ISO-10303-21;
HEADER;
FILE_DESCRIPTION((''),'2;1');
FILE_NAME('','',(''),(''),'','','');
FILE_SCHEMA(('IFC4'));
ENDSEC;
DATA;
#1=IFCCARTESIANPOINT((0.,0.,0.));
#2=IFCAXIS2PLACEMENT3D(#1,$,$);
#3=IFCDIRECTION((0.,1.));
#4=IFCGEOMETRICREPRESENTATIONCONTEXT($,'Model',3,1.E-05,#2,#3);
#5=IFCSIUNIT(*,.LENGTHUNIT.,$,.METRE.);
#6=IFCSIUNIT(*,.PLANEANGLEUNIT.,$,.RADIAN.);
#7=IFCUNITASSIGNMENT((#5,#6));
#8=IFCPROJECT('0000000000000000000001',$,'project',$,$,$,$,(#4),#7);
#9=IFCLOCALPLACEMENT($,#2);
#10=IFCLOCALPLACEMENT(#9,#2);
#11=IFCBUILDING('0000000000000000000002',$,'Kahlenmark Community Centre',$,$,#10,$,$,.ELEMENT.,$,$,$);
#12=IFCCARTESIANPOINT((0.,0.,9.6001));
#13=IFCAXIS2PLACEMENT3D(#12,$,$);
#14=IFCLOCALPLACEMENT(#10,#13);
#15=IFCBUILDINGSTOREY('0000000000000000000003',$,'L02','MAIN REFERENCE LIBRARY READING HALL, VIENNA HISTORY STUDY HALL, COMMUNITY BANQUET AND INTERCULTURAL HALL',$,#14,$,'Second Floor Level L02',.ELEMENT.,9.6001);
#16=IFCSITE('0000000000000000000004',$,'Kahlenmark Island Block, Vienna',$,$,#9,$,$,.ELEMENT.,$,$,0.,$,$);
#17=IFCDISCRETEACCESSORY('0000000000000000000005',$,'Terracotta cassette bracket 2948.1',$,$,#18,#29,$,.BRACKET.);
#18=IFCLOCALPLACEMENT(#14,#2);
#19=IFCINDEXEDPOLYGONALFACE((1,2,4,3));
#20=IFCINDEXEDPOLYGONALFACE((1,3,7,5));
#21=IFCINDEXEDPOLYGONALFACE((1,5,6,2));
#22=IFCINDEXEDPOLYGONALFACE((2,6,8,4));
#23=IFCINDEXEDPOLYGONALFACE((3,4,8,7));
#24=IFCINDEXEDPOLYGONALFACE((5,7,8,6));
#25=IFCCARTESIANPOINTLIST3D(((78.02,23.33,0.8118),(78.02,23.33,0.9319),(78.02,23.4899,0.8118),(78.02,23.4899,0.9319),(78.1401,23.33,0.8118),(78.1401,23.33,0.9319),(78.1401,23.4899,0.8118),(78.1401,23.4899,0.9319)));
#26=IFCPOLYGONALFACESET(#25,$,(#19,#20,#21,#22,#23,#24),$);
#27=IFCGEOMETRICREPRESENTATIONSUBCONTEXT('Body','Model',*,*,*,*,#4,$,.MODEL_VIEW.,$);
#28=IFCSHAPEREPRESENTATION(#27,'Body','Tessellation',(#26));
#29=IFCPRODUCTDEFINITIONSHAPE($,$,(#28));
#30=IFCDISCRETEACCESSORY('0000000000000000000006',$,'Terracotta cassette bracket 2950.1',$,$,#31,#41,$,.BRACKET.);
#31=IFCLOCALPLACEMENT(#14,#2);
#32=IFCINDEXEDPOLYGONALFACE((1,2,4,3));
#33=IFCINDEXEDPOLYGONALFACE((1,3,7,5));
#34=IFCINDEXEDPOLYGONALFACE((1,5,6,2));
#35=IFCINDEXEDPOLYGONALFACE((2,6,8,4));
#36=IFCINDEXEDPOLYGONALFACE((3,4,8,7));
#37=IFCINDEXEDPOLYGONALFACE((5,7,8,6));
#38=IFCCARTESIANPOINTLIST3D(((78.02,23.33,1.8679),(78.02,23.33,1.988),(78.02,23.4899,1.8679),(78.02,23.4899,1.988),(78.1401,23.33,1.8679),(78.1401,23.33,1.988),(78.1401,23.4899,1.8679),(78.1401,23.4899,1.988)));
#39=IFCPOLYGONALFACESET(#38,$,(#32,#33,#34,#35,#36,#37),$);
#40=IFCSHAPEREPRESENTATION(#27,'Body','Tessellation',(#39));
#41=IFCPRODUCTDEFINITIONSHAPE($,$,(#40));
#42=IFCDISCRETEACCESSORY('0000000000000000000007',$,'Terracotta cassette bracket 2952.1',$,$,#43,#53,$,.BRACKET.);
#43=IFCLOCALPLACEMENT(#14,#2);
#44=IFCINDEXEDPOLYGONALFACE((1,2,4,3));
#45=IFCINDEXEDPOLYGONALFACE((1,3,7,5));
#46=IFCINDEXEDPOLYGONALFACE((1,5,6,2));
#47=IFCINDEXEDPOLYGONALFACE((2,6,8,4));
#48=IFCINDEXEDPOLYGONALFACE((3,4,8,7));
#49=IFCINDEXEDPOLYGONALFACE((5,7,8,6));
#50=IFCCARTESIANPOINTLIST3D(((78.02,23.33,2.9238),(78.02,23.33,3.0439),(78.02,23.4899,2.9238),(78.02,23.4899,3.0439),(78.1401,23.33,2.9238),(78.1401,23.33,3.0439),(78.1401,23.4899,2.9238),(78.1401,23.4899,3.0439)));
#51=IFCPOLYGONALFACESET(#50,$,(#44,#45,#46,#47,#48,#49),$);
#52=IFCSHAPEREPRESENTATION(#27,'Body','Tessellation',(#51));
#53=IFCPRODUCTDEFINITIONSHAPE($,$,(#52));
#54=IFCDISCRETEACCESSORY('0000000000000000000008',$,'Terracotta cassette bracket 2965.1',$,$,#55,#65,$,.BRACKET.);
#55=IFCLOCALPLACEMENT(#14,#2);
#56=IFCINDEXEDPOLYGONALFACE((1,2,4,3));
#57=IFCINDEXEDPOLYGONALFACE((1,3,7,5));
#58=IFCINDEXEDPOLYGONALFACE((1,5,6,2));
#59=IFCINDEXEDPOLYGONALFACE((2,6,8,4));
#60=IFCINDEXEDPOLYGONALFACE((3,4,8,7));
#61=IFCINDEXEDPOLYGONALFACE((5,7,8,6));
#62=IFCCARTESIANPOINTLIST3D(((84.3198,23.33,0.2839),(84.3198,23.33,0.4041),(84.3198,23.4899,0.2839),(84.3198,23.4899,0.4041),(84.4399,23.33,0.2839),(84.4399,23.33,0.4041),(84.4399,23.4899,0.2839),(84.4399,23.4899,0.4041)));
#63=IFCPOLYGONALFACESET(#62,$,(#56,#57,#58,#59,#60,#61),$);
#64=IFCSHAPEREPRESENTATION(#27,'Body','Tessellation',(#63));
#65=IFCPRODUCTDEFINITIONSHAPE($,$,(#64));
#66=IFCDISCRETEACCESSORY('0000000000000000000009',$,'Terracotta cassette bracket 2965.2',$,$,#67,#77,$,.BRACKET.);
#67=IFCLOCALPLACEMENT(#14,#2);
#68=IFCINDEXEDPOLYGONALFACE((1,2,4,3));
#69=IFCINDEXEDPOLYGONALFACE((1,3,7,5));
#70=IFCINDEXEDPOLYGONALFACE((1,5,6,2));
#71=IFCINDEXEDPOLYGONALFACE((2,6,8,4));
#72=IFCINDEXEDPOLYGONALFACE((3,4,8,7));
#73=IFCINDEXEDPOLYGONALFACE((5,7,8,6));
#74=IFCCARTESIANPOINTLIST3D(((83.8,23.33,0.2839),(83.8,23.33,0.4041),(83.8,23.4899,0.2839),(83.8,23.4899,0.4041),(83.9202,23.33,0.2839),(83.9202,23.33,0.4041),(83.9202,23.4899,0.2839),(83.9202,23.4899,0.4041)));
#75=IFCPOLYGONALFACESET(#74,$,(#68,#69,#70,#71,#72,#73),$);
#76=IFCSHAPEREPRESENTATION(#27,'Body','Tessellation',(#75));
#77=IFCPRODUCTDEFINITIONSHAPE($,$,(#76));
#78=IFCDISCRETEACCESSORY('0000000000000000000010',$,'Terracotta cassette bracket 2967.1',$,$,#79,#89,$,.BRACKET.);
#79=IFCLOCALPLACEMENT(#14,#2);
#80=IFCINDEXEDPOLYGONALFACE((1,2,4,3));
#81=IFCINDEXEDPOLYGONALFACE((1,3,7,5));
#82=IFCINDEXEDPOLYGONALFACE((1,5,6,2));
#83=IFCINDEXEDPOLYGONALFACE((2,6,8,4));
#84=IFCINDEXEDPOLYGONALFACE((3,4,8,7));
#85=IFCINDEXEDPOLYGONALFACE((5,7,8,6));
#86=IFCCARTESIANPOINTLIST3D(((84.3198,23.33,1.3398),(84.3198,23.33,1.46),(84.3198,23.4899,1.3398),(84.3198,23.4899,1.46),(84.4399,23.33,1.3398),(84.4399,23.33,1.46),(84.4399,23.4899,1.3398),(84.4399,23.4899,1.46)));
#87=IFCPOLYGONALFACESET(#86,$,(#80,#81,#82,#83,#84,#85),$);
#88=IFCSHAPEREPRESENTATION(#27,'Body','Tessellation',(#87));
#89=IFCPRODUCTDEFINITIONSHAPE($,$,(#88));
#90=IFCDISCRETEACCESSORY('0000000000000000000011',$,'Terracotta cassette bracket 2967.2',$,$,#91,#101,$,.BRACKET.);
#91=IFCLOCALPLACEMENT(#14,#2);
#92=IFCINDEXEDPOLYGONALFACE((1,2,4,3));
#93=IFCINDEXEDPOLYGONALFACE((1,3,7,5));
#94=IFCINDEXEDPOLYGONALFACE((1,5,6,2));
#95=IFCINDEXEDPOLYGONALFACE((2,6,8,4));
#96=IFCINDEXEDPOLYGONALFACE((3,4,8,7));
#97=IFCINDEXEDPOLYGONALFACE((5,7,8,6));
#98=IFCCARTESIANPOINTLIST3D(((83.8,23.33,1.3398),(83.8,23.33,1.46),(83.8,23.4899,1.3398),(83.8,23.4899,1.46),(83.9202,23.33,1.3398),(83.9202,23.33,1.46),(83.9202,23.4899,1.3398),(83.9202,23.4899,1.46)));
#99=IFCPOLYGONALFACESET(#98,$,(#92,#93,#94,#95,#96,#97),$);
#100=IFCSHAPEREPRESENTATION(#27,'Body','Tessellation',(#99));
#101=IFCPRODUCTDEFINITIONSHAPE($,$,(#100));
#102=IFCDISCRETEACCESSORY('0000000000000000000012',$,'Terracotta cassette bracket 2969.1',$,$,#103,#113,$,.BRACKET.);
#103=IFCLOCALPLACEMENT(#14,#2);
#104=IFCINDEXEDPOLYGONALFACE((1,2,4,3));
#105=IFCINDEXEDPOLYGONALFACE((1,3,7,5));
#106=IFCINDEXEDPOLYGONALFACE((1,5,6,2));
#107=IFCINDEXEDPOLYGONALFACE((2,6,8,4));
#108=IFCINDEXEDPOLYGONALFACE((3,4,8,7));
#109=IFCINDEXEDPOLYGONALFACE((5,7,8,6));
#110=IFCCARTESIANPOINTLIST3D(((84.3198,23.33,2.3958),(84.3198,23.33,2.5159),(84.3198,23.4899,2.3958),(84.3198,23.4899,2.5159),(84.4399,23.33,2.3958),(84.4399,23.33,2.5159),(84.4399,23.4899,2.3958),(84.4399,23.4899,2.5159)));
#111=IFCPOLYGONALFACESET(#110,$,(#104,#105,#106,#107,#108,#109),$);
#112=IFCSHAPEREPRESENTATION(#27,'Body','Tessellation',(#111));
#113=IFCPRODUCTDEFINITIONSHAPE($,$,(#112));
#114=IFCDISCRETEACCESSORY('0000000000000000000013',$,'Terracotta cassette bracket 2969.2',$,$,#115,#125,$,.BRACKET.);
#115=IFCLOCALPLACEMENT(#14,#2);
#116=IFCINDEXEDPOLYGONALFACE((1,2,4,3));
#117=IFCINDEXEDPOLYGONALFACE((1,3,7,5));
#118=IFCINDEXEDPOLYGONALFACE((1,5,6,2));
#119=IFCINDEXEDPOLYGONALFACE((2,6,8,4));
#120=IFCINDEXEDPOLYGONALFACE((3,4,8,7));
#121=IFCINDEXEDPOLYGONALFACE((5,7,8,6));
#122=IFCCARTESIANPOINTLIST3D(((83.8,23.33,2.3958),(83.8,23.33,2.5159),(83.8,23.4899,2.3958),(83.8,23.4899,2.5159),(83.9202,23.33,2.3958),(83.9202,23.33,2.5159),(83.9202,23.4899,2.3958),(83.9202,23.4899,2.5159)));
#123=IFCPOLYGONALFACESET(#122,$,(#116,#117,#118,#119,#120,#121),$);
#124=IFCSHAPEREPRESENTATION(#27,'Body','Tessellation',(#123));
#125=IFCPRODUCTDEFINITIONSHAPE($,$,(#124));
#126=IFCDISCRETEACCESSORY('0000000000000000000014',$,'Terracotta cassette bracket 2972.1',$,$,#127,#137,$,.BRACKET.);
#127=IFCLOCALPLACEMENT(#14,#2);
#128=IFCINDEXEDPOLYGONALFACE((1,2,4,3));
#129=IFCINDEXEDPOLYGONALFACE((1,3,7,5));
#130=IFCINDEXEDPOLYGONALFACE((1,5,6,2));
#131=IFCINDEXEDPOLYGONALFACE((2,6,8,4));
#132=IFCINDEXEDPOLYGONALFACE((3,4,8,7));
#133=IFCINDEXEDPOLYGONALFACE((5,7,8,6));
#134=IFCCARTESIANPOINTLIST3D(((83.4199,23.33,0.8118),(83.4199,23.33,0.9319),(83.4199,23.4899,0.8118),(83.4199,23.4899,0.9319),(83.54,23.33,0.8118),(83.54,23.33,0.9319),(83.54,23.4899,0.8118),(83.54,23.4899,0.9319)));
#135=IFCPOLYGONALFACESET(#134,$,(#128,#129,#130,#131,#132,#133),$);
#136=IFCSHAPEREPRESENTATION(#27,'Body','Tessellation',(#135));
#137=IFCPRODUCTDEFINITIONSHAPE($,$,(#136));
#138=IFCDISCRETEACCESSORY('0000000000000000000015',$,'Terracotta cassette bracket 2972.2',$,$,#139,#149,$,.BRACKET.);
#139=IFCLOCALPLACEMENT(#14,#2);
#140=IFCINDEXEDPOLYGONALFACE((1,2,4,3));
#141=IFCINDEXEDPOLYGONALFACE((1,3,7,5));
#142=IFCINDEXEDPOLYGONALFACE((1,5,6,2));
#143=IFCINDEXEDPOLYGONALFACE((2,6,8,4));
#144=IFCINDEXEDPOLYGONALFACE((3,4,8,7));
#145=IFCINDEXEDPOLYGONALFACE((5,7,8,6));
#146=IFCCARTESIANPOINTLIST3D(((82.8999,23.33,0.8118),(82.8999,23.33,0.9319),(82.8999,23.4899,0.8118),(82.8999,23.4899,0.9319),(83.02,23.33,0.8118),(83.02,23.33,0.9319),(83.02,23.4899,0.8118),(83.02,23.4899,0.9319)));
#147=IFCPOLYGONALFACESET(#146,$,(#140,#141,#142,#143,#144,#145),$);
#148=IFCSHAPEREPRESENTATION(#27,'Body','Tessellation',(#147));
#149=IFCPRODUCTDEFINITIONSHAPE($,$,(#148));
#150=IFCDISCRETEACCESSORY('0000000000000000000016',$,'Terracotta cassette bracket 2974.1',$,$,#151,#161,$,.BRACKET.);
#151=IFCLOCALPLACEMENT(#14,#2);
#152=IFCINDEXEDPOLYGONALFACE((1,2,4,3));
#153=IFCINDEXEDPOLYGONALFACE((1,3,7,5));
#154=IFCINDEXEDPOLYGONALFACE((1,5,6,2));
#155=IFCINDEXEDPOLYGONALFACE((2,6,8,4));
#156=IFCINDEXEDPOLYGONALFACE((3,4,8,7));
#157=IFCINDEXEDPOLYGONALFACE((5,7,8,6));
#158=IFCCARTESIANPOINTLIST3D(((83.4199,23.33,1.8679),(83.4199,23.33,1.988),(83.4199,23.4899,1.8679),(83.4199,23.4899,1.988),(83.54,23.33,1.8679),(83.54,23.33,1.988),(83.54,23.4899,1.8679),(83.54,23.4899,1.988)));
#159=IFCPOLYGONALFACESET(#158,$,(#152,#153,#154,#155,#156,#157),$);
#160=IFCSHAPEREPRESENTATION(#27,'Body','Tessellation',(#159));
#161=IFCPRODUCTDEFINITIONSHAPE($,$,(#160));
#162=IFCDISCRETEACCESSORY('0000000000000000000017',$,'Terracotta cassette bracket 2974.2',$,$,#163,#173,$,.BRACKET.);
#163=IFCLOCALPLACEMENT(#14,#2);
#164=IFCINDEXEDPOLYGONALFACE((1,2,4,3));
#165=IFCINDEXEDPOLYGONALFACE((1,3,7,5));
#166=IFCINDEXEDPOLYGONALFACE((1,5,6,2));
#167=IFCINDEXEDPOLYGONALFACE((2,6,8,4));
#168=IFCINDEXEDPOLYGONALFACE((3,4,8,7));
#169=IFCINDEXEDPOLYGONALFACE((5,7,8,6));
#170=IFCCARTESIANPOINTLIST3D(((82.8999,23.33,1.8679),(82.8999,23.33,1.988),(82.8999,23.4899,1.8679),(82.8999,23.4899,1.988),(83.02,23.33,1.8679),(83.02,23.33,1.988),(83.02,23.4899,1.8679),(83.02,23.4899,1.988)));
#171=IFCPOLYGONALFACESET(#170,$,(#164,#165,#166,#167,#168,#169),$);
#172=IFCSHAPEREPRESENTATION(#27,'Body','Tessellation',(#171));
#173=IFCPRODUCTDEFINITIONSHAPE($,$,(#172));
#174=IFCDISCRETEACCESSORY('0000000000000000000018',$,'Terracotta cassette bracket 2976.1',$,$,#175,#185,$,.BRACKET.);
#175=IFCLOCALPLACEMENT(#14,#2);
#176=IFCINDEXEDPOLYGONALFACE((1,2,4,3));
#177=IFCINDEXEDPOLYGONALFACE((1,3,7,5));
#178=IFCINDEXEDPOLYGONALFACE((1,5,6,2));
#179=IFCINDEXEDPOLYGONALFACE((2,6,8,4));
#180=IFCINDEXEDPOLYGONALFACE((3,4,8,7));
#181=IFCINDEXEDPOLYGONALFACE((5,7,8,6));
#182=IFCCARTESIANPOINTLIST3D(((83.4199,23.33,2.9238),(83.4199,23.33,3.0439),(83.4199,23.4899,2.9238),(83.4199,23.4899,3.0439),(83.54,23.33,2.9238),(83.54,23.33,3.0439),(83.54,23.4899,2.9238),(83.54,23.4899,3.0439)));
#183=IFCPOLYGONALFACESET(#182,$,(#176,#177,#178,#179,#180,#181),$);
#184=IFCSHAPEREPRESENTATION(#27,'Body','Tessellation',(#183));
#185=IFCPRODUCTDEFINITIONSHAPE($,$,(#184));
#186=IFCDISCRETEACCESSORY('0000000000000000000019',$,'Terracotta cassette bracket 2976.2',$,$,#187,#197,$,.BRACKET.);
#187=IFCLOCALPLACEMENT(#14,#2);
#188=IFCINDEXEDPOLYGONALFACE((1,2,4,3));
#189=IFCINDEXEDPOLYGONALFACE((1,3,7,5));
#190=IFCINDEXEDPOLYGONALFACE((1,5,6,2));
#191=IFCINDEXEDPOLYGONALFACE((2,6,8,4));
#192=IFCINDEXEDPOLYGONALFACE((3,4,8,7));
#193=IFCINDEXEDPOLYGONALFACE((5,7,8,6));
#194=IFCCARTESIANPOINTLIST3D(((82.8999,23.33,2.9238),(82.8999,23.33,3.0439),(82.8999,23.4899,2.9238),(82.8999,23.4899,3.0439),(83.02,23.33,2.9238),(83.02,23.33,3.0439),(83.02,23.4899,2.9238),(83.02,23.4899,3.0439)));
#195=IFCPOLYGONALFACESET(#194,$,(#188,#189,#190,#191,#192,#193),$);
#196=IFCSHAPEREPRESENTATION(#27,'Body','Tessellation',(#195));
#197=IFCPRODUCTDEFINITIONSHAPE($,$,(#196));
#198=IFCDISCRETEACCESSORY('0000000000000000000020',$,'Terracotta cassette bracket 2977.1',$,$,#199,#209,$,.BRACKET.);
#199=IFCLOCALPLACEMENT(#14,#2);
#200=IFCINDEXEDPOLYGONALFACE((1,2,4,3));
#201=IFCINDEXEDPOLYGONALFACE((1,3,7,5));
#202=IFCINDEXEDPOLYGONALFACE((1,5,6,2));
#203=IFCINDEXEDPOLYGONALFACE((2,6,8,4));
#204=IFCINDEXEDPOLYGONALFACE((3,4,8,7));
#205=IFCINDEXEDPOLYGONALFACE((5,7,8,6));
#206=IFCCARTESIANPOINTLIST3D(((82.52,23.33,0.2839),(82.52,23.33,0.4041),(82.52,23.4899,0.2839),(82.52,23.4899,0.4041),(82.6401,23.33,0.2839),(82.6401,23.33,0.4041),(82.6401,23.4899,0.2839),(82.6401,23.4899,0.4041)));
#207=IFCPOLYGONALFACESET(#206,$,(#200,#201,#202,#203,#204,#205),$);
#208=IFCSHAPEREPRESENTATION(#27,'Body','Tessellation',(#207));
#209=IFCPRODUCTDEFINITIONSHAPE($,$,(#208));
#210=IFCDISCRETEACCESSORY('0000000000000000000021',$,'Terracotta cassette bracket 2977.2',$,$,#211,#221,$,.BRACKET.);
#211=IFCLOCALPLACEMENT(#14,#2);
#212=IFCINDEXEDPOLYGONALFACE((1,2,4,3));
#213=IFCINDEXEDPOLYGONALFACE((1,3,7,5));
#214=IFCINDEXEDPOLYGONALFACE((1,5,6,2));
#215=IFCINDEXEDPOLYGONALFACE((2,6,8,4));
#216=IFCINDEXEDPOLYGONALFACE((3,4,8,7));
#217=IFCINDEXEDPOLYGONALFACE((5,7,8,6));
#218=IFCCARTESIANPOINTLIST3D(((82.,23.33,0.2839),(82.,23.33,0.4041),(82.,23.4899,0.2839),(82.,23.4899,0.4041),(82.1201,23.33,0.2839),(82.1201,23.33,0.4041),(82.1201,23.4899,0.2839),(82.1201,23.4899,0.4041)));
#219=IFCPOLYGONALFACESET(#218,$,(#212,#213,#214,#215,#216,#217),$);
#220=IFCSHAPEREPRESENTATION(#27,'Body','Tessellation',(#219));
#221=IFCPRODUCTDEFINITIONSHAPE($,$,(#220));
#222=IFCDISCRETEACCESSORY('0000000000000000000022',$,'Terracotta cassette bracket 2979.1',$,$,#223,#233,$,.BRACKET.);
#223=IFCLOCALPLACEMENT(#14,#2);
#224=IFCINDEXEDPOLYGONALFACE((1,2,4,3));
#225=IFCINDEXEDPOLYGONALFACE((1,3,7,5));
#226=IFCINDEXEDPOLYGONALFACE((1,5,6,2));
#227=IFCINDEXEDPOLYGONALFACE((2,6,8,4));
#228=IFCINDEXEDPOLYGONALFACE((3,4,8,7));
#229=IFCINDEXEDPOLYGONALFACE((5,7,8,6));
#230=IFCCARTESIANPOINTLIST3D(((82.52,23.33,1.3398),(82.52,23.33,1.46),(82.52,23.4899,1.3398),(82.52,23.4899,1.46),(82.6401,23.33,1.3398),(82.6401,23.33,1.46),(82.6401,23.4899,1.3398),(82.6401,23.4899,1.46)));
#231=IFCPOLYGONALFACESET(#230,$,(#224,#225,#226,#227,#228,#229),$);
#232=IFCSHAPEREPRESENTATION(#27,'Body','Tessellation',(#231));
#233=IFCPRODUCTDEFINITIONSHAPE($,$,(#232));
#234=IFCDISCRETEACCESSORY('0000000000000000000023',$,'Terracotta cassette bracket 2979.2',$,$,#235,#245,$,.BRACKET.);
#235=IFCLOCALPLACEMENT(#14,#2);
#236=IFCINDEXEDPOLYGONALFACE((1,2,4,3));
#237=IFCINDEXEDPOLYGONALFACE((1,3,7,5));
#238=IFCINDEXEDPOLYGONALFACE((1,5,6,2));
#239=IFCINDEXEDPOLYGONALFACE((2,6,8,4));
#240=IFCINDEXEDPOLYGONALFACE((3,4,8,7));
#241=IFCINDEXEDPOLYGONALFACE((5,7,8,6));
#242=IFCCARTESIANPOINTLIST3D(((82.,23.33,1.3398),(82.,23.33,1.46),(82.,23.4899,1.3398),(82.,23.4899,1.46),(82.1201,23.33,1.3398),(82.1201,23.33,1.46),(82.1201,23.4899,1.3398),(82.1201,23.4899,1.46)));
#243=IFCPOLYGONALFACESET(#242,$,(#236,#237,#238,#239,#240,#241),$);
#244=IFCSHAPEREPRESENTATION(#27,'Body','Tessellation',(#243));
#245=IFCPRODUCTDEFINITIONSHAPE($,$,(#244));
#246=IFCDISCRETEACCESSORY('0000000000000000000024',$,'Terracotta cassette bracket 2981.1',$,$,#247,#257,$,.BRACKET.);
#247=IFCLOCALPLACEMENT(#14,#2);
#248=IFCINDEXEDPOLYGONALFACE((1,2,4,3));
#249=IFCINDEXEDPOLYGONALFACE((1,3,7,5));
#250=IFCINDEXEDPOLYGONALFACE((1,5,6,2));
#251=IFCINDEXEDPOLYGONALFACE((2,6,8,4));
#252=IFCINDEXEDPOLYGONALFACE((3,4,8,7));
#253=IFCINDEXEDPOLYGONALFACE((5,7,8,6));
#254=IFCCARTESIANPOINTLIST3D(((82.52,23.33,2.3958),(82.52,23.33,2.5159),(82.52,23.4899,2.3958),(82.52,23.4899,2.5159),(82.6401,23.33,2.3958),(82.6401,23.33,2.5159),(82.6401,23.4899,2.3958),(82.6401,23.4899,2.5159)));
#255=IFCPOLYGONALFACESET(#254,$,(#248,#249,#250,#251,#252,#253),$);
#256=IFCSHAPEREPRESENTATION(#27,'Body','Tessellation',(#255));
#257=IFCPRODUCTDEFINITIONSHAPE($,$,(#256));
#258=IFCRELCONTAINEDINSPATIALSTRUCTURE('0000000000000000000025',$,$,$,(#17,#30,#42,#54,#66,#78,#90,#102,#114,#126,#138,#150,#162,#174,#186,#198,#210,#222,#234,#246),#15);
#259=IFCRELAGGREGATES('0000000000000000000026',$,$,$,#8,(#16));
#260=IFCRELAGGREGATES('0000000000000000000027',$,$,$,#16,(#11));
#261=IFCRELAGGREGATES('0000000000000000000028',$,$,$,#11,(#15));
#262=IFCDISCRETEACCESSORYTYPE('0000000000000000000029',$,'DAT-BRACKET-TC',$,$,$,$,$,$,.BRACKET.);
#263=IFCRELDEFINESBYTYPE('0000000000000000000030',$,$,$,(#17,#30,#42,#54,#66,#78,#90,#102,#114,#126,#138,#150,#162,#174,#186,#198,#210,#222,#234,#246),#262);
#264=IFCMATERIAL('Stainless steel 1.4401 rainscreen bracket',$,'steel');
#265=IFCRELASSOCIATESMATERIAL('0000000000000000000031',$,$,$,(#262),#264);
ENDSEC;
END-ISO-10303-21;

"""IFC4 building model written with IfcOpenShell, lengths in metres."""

from ifc_helpers import new_model, si_unit, direction, frame, origin, origin_2d, place, context, subcontext, project, spatial, rectangle, extrude, material, type_object, element, save


model = new_model("IFC4")

# Units and contexts
model_context = context("Model", 3, precision=1e-05, world=origin(), true_north=direction((0.0, 1.0)))
body_context = subcontext(model_context, "Body", "Model", "MODEL_VIEW")
ifc_project = project(units=[si_unit("LENGTHUNIT", "METRE"), si_unit("PLANEANGLEUNIT", "RADIAN")], contexts=[model_context])

# Site, building, storey
site_placement = place(None, origin())
site = spatial("IfcSite", under=ifc_project, at=site_placement, Name="Kahlenmark Island Block, Vienna", CompositionType="ELEMENT", RefElevation=0.0)
building_placement = place(site_placement, origin())
building = spatial("IfcBuilding", under=site, at=building_placement, Name="Kahlenmark Community Centre", CompositionType="ELEMENT")
storey_placement = place(building_placement, frame((0.0, 0.0, 9.6001)))
storey = spatial("IfcBuildingStorey", under=building, at=storey_placement, Name="L02", Description="MAIN REFERENCE LIBRARY READING HALL, VIENNA HISTORY STUDY HALL, COMMUNITY BANQUET AND INTERCULTURAL HALL", LongName="Second Floor Level L02", CompositionType="ELEMENT", Elevation=9.6001)

# Discrete accessories
ifc_material_1 = material(Name="Stainless steel 1.4401 rainscreen bracket", Category="steel")
discrete_accessory_type = type_object("IfcDiscreteAccessoryType", Name="DAT-BRACKET-TC", PredefinedType="BRACKET", material=ifc_material_1)
for number, where, z_axis, x_axis, name in (
    (1, (78.0801, 23.4099, 0.8118), (0.0, 0.0, 1.0), (-1.0, 0.0, 0.0), "Terracotta cassette bracket 2948.1"),
    (2, (78.0801, 23.4099, 1.8679), (0.0, 0.0, 1.0), (-1.0, 0.0, 0.0), "Terracotta cassette bracket 2950.1"),
    (3, (78.0801, 23.4099, 2.9238), (0.0, 0.0, 1.0), (-1.0, 0.0, 0.0), "Terracotta cassette bracket 2952.1"),
    (4, (84.3799, 23.4099, 0.2839), (0.0, 0.0, 1.0), (-1.0, 0.0, 0.0), "Terracotta cassette bracket 2965.1"),
    (5, (83.8601, 23.4099, 0.2839), (0.0, 0.0, 1.0), (-1.0, 0.0, 0.0), "Terracotta cassette bracket 2965.2"),
    (6, (84.3799, 23.4099, 1.3398), (0.0, 0.0, 1.0), (-1.0, 0.0, 0.0), "Terracotta cassette bracket 2967.1"),
    (7, (83.8601, 23.4099, 1.3398), (0.0, 0.0, 1.0), (-1.0, 0.0, 0.0), "Terracotta cassette bracket 2967.2"),
    (8, (84.3799, 23.4099, 2.3958), (0.0, 0.0, 1.0), (-1.0, 0.0, 0.0), "Terracotta cassette bracket 2969.1"),
    (9, (83.8601, 23.4099, 2.3958), (0.0, 0.0, 1.0), (-1.0, 0.0, 0.0), "Terracotta cassette bracket 2969.2"),
    (10, (83.48, 23.4099, 0.8118), (0.0, 0.0, 1.0), (-1.0, 0.0, 0.0), "Terracotta cassette bracket 2972.1"),
    (11, (82.96, 23.4099, 0.8118), (0.0, 0.0, 1.0), (-1.0, 0.0, 0.0), "Terracotta cassette bracket 2972.2"),
    (12, (83.48, 23.4099, 1.8679), (0.0, 0.0, 1.0), (-1.0, 0.0, 0.0), "Terracotta cassette bracket 2974.1"),
    (13, (82.96, 23.4099, 1.8679), (0.0, 0.0, 1.0), (-1.0, 0.0, 0.0), "Terracotta cassette bracket 2974.2"),
    (14, (83.48, 23.4099, 2.9238), (0.0, 0.0, 1.0), (-1.0, 0.0, 0.0), "Terracotta cassette bracket 2976.1"),
    (15, (82.96, 23.4099, 2.9238), (0.0, 0.0, 1.0), (-1.0, 0.0, 0.0), "Terracotta cassette bracket 2976.2"),
    (16, (82.5801, 23.4099, 0.2839), (0.0, 0.0, 1.0), (-1.0, 0.0, 0.0), "Terracotta cassette bracket 2977.1"),
    (17, (82.0601, 23.4099, 0.2839), (0.0, 0.0, 1.0), (-1.0, 0.0, 0.0), "Terracotta cassette bracket 2977.2"),
    (18, (82.5801, 23.4099, 1.3398), (0.0, 0.0, 1.0), (-1.0, 0.0, 0.0), "Terracotta cassette bracket 2979.1"),
    (19, (82.0601, 23.4099, 1.3398), (0.0, 0.0, 1.0), (-1.0, 0.0, 0.0), "Terracotta cassette bracket 2979.2"),
    (20, (82.5801, 23.4099, 2.3958), (0.0, 0.0, 1.0), (-1.0, 0.0, 0.0), "Terracotta cassette bracket 2981.1"),
):
    element("IfcDiscreteAccessory", number, at=place(storey_placement, frame(where, z_axis=z_axis, x_axis=x_axis)), inside=storey, type_object=discrete_accessory_type, Name=name, PredefinedType="BRACKET", context=body_context, shape_type="SweptSolid", body=[
        extrude(rectangle(XDim=0.1201, YDim=0.1599, at=origin_2d()), origin(), (0.0, 0.0, 1.0), 0.1201),
    ])

save(model, "model.ifc")
